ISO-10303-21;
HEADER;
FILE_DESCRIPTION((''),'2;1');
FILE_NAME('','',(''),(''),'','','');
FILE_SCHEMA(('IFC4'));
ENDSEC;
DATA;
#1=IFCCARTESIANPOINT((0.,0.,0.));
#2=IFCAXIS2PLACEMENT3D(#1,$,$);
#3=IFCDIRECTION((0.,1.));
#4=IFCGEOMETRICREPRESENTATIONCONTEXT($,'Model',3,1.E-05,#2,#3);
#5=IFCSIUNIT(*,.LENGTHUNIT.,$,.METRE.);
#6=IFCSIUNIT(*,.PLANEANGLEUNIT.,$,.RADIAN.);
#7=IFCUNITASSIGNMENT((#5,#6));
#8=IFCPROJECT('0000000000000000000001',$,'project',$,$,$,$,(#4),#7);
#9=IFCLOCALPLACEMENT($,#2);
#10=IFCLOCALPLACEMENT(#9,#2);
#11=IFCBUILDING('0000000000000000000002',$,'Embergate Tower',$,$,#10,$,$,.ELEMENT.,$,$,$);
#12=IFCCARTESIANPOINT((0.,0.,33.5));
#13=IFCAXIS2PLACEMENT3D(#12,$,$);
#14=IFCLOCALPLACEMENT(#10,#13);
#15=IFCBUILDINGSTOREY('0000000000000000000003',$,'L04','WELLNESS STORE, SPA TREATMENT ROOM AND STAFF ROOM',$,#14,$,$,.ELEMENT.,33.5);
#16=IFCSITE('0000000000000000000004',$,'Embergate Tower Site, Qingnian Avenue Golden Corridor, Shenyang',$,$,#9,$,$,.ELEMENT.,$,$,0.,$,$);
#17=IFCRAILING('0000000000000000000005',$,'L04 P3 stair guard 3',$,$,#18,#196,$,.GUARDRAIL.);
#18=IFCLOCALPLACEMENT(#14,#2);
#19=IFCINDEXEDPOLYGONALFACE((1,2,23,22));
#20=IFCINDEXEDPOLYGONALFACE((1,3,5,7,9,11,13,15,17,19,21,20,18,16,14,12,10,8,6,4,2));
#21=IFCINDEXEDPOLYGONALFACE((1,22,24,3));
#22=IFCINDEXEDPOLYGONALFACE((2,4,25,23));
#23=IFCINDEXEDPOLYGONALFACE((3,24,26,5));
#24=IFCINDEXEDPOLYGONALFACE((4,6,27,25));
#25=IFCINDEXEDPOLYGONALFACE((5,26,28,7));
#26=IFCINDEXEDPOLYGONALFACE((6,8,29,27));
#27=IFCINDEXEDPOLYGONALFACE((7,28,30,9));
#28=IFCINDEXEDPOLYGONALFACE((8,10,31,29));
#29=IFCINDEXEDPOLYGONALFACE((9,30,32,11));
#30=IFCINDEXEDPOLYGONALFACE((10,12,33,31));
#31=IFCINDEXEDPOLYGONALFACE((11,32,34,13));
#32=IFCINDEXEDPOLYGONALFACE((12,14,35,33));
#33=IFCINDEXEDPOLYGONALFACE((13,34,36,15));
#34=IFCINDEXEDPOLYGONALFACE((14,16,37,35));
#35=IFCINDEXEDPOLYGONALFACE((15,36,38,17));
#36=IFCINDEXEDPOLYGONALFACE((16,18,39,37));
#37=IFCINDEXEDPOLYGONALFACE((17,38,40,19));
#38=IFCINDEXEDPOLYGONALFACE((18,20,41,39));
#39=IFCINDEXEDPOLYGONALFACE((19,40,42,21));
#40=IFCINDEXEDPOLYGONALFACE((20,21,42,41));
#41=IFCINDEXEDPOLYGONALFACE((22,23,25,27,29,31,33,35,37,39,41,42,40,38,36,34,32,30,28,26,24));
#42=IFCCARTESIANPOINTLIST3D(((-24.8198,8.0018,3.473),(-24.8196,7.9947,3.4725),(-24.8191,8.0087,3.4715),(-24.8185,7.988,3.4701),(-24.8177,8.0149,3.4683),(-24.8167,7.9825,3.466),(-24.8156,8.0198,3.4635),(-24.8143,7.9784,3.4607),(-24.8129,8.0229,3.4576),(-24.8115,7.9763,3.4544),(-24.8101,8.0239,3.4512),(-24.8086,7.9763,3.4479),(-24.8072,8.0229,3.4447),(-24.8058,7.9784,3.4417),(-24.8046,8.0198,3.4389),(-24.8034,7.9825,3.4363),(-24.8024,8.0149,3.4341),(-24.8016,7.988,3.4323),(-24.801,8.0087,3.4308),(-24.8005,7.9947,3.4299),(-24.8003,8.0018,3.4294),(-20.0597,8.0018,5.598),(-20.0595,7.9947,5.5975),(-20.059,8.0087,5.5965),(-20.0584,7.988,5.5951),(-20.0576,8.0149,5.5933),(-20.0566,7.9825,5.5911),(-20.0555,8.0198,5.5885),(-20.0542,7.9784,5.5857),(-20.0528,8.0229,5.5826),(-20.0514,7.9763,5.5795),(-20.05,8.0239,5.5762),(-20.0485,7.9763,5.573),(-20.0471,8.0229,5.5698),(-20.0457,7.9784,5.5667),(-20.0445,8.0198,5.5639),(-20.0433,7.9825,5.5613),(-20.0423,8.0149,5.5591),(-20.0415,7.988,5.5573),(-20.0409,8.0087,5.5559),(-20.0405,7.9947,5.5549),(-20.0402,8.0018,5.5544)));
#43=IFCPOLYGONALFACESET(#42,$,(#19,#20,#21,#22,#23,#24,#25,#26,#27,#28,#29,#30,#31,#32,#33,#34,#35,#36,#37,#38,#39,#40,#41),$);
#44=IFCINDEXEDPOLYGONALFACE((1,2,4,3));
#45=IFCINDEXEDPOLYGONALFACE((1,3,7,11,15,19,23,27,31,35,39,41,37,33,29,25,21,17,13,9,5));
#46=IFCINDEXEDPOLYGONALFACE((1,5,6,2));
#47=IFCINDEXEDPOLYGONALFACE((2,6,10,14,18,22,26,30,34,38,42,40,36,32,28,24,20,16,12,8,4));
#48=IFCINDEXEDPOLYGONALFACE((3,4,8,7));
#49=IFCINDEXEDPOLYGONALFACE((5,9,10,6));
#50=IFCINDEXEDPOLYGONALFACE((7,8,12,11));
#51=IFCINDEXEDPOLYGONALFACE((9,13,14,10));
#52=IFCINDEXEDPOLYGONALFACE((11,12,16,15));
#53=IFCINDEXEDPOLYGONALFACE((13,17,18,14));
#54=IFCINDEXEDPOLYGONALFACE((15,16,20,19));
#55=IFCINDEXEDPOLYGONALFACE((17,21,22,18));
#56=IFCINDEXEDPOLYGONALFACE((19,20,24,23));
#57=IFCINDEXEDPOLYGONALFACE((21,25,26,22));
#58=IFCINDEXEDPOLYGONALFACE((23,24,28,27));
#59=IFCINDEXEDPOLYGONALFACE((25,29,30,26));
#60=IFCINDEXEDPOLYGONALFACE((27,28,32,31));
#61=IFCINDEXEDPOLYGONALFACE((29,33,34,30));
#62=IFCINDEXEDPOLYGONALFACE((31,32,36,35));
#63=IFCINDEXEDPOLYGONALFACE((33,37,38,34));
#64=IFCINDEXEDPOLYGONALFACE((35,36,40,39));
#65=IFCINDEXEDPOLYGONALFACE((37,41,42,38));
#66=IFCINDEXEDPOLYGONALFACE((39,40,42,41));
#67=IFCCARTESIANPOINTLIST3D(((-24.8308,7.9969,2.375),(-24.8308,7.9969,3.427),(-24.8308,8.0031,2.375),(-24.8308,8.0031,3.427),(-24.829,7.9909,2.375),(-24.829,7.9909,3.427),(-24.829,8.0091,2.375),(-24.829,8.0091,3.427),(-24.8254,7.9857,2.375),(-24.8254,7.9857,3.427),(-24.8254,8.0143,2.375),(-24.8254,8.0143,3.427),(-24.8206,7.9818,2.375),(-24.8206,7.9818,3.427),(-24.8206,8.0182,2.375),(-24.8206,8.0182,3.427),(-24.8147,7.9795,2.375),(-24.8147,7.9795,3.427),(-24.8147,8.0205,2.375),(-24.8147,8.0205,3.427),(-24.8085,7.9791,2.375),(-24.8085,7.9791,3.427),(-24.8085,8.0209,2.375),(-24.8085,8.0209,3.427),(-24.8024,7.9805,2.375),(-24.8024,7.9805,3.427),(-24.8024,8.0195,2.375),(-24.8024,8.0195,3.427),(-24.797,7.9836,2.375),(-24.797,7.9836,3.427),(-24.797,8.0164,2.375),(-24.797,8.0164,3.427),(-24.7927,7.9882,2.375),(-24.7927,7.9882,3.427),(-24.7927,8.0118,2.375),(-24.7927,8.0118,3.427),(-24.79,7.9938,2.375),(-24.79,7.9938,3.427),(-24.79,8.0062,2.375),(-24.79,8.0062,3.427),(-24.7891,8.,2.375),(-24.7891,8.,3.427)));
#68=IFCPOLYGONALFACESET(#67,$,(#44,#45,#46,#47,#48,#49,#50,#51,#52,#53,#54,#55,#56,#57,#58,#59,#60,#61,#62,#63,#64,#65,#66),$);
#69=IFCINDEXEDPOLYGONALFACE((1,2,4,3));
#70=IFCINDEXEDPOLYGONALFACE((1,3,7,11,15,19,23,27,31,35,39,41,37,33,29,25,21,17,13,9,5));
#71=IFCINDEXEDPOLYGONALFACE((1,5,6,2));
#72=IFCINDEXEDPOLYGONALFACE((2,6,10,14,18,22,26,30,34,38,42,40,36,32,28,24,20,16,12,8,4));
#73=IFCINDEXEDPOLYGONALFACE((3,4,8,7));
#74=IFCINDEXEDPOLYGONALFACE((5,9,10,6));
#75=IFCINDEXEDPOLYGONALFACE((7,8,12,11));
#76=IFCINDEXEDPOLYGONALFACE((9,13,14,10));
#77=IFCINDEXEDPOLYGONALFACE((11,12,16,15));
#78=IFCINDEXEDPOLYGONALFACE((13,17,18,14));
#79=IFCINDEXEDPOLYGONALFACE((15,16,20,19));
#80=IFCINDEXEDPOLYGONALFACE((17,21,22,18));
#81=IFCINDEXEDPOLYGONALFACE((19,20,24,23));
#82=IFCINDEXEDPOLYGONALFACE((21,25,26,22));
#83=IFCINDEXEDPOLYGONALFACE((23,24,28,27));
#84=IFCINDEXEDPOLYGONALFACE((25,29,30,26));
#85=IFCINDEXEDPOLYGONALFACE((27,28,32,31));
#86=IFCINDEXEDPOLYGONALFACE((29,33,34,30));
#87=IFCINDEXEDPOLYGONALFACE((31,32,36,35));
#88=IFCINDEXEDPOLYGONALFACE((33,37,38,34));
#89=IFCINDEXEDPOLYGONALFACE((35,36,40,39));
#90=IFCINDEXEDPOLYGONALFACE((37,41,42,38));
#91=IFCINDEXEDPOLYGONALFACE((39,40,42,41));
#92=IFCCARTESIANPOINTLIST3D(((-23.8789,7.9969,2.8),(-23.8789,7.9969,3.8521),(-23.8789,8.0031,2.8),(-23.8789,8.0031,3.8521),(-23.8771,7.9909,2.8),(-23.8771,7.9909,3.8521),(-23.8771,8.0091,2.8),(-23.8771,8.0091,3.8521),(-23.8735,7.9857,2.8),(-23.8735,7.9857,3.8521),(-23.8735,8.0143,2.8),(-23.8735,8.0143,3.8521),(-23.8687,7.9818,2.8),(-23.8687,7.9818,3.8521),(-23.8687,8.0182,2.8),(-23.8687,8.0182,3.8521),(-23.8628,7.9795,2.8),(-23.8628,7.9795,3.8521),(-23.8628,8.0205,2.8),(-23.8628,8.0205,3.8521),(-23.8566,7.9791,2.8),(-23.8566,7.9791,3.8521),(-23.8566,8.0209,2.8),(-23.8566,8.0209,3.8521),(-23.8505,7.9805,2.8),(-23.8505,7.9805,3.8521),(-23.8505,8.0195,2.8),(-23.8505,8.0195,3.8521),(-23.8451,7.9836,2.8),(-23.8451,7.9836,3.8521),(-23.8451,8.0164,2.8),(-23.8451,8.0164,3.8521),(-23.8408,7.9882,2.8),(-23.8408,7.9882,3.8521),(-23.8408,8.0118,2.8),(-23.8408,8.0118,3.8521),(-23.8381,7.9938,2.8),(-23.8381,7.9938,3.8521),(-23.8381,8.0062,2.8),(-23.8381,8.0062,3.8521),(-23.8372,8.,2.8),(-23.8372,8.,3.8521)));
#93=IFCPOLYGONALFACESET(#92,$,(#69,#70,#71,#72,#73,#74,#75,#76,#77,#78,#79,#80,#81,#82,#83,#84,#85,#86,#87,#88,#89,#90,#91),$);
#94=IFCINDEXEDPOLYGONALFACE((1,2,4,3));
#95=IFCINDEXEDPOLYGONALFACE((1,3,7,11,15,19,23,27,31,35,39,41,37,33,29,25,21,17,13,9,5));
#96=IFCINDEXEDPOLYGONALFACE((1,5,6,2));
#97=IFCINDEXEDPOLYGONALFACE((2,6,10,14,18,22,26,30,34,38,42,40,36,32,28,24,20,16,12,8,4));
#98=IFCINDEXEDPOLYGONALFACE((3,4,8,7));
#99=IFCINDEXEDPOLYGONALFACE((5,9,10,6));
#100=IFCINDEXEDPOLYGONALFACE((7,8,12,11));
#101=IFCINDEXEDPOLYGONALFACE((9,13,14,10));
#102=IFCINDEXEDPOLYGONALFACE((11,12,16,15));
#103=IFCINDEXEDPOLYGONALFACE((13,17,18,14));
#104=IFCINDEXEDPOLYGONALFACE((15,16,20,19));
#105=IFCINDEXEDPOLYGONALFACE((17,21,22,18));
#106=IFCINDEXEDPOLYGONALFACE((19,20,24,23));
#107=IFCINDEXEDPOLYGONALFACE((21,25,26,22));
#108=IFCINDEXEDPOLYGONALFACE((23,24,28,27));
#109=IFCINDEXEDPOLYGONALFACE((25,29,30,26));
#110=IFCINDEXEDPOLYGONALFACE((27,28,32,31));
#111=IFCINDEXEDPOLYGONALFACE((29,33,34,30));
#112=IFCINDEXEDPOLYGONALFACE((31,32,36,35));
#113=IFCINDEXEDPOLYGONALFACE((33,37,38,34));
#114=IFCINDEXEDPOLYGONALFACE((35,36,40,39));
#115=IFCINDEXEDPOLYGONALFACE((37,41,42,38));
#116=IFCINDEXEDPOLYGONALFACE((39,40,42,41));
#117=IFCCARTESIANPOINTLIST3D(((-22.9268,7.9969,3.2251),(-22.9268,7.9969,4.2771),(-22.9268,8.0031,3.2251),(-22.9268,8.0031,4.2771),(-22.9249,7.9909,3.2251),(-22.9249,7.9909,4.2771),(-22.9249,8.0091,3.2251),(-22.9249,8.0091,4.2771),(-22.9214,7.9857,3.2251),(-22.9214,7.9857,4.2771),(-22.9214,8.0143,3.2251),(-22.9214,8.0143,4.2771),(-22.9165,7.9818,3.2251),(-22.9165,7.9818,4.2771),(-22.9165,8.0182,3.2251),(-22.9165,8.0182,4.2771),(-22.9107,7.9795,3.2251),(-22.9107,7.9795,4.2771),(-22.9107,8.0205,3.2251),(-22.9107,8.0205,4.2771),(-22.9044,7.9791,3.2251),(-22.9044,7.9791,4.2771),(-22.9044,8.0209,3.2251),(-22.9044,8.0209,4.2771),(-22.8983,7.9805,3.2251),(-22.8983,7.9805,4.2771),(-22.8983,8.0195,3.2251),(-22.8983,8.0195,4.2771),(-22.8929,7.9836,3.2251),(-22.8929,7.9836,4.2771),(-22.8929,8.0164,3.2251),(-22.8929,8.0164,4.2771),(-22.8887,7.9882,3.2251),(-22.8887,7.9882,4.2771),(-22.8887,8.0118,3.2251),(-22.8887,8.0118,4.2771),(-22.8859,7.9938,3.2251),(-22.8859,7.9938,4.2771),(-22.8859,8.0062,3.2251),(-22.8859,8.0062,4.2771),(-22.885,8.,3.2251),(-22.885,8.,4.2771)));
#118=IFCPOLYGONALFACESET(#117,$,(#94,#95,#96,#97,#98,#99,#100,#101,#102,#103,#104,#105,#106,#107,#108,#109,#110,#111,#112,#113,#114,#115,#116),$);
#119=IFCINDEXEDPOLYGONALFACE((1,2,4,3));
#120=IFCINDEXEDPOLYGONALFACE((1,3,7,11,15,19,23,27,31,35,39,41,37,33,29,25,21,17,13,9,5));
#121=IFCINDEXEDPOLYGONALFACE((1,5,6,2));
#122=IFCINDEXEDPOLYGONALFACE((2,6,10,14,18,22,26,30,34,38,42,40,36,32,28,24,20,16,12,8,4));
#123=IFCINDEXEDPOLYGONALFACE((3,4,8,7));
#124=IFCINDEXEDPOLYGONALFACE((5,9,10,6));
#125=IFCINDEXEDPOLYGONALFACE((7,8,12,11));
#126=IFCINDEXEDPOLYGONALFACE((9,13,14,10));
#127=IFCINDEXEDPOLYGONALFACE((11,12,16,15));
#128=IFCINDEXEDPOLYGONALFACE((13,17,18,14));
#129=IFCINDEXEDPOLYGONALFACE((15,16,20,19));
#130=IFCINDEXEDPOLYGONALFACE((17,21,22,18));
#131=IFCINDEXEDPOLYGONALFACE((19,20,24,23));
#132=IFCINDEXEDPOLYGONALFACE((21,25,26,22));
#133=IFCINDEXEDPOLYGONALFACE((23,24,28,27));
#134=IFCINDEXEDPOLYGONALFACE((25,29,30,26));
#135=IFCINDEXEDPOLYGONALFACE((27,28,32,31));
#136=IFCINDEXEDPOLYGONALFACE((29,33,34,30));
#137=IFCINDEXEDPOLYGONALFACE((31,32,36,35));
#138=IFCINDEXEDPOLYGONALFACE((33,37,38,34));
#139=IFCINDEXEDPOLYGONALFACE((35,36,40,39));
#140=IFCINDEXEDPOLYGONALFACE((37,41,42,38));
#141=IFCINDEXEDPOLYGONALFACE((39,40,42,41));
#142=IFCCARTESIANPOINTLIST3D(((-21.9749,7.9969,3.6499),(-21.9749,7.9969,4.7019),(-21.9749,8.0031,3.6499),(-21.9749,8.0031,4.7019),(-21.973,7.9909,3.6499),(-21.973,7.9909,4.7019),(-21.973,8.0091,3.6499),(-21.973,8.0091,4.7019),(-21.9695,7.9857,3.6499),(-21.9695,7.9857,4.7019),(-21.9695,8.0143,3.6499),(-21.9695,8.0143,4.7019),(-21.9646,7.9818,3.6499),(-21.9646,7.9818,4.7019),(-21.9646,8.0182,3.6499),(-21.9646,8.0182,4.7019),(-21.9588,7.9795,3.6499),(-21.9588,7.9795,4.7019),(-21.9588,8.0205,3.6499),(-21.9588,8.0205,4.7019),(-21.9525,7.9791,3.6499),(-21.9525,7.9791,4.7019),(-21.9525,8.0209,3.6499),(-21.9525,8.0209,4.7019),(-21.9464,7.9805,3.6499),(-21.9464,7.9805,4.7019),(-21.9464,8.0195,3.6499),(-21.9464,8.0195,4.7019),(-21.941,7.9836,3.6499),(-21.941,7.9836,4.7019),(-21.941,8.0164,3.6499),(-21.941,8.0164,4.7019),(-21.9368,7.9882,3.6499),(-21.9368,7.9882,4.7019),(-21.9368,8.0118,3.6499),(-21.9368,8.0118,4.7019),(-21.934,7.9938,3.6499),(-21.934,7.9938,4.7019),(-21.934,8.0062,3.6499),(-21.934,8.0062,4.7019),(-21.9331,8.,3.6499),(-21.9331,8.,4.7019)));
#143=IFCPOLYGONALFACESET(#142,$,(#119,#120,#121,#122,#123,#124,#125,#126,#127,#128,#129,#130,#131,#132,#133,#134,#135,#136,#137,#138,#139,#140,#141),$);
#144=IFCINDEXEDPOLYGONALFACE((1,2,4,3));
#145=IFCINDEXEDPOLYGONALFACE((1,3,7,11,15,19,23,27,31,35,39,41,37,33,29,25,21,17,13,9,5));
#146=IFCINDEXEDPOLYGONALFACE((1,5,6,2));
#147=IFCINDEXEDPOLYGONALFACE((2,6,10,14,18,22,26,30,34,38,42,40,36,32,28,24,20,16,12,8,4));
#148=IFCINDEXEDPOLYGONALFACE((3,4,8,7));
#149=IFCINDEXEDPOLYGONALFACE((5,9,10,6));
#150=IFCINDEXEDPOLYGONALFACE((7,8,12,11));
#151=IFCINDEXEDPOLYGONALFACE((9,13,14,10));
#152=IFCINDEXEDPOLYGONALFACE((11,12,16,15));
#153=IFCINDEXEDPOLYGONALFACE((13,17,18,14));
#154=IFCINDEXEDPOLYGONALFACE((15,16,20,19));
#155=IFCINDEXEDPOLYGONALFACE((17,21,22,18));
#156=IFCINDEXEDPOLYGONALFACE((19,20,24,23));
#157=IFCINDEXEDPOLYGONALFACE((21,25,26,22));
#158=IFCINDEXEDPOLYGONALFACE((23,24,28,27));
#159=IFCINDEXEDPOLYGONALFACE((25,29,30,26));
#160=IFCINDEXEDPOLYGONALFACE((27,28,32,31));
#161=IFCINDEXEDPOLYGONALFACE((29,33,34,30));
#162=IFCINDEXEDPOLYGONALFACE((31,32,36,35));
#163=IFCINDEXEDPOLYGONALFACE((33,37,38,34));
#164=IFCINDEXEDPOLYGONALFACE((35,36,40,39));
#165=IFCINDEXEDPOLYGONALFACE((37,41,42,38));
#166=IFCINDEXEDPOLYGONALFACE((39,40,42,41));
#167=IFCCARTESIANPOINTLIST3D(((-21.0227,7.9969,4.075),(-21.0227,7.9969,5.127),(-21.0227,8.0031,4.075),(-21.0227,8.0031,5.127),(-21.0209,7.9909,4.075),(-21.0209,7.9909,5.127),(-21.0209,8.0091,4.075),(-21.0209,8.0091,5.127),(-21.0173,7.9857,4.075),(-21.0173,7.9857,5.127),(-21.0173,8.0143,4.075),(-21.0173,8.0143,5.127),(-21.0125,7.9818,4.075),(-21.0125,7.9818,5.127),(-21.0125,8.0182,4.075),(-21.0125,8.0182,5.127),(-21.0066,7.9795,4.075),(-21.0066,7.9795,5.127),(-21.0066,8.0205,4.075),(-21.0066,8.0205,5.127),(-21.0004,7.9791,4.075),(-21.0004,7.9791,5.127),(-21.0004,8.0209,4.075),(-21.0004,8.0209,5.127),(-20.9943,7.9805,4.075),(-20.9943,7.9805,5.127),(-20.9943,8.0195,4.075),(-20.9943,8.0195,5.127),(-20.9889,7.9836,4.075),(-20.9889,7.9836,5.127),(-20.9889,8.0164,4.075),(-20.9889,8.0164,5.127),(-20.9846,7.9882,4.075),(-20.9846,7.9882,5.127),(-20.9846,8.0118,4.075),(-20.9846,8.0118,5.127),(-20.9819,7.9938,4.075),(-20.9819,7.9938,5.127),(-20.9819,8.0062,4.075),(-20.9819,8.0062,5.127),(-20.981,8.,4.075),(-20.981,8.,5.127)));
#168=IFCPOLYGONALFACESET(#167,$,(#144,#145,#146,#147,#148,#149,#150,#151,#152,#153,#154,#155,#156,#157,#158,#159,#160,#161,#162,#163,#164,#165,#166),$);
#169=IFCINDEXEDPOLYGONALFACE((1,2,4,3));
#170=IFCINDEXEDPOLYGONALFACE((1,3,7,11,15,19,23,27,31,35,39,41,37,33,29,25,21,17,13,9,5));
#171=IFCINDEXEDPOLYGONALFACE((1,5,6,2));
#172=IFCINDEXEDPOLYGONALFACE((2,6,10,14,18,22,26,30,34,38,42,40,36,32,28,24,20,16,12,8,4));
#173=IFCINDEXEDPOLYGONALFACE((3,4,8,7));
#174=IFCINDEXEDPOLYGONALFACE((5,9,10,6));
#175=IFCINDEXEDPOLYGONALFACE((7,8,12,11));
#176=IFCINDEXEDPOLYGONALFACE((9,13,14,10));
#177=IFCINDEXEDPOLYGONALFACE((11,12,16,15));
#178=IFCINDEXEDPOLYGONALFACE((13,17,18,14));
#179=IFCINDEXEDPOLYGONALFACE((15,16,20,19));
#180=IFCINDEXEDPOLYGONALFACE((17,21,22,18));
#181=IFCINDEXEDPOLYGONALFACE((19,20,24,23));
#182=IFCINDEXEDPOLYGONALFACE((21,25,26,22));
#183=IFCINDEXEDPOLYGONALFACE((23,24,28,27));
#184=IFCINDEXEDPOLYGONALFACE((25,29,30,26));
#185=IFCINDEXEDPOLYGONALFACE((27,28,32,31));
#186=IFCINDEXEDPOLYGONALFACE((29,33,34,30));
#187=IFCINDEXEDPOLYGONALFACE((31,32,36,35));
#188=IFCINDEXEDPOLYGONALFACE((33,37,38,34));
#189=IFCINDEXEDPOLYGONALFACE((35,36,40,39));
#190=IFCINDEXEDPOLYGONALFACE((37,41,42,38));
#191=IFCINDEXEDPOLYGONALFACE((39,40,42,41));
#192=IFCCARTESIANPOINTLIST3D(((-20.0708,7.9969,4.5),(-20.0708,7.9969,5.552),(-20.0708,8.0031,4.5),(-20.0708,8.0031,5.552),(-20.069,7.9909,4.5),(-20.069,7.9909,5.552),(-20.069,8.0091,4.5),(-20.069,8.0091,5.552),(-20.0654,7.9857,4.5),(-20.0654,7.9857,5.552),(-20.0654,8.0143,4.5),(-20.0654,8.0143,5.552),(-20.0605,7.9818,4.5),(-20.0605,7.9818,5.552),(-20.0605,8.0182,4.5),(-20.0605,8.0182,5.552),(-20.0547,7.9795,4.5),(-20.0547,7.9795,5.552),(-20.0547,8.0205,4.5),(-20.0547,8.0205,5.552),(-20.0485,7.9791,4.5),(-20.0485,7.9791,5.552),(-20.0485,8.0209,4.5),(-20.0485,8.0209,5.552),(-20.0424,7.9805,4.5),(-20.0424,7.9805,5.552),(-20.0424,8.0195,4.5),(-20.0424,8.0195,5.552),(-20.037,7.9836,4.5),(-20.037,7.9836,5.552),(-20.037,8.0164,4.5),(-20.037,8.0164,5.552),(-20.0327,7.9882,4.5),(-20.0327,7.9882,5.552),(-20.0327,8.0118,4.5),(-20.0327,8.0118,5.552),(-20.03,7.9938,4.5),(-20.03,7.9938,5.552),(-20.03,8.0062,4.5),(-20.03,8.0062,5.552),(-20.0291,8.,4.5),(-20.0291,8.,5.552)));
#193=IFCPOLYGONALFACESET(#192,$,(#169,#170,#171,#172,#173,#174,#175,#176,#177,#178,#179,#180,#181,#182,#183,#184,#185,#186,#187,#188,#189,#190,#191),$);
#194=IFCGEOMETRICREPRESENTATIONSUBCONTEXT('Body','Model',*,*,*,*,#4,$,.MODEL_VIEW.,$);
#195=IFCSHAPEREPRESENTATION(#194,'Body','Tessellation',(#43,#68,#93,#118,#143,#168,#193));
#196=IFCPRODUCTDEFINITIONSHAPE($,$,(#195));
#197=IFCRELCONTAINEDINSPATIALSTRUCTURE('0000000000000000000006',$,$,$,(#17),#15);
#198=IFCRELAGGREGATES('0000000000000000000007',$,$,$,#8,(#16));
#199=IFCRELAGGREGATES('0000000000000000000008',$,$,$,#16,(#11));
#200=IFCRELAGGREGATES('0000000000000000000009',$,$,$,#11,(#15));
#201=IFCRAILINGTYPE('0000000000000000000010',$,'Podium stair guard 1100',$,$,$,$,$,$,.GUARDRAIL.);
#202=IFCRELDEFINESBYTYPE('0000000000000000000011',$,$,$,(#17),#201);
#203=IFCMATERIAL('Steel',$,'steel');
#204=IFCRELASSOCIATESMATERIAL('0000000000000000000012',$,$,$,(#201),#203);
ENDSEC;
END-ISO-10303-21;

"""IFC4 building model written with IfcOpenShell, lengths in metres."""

from ifc_helpers import new_model, si_unit, direction, frame, origin, origin_2d, place, context, subcontext, project, spatial, circle, extrude, source, transform, mapped, material, type_object, element, save


model = new_model("IFC4")

# Units and contexts
model_context = context("Model", 3, precision=1e-05, world=origin(), true_north=direction((0.0, 1.0)))
body_context = subcontext(model_context, "Body", "Model", "MODEL_VIEW")
ifc_project = project(units=[si_unit("LENGTHUNIT", "METRE"), si_unit("PLANEANGLEUNIT", "RADIAN")], contexts=[model_context])

# Site, building, storey
site_placement = place(None, origin())
site = spatial("IfcSite", under=ifc_project, at=site_placement, Name="Embergate Tower Site, Qingnian Avenue Golden Corridor, Shenyang", CompositionType="ELEMENT", RefElevation=0.0)
building_placement = place(site_placement, origin())
building = spatial("IfcBuilding", under=site, at=building_placement, Name="Embergate Tower", CompositionType="ELEMENT")
storey_placement = place(building_placement, frame((0.0, 0.0, 33.5)))
storey = spatial("IfcBuildingStorey", under=building, at=storey_placement, Name="L04", Description="WELLNESS STORE, SPA TREATMENT ROOM AND STAFF ROOM", CompositionType="ELEMENT", Elevation=33.5)

# Railing
ifc_material_1 = material(Name="Steel", Category="steel")
railing_type_1 = type_object("IfcRailingType", Name="Podium stair guard 1100", PredefinedType="GUARDRAIL", material=ifc_material_1)
shared_shape_1 = source(origin(), body_context, "Body", "SweptSolid", [
    extrude(circle(Radius=0.0239, at=origin_2d()), frame((0.0, 0.0, 1.0762), z_axis=(0.913138, 0.0, 0.40765), x_axis=(0.0, 1.0, 0.0)), (0.0, 0.0, 1.0), 5.2129),
    extrude(circle(Radius=0.021, at=origin_2d()), origin(), (0.0, 0.0, 1.0), 1.052),
    extrude(circle(Radius=0.021, at=origin_2d()), frame((0.9519, 0.0, 0.425)), (0.0, 0.0, 1.0), 1.052),
    extrude(circle(Radius=0.021, at=origin_2d()), frame((1.9041, 0.0, 0.8501)), (0.0, 0.0, 1.0), 1.052),
    extrude(circle(Radius=0.021, at=origin_2d()), frame((2.856, 0.0, 1.2749)), (0.0, 0.0, 1.0), 1.052),
    extrude(circle(Radius=0.021, at=origin_2d()), frame((3.8081, 0.0, 1.7)), (0.0, 0.0, 1.0), 1.052),
    extrude(circle(Radius=0.021, at=origin_2d()), frame((4.76, 0.0, 2.125)), (0.0, 0.0, 1.0), 1.052),
])
railing_1_placement = place(storey_placement, frame((-24.8101, 8.0, 2.375)))
element("IfcRailing", 1, at=railing_1_placement, inside=storey, type_object=railing_type_1, Name="L04 P3 stair guard 3", PredefinedType="GUARDRAIL", context=body_context, shape_type="MappedRepresentation", body=[
    mapped(shared_shape_1, transform((0.0, 0.0, 0.0))),
])

save(model, "model.ifc")
